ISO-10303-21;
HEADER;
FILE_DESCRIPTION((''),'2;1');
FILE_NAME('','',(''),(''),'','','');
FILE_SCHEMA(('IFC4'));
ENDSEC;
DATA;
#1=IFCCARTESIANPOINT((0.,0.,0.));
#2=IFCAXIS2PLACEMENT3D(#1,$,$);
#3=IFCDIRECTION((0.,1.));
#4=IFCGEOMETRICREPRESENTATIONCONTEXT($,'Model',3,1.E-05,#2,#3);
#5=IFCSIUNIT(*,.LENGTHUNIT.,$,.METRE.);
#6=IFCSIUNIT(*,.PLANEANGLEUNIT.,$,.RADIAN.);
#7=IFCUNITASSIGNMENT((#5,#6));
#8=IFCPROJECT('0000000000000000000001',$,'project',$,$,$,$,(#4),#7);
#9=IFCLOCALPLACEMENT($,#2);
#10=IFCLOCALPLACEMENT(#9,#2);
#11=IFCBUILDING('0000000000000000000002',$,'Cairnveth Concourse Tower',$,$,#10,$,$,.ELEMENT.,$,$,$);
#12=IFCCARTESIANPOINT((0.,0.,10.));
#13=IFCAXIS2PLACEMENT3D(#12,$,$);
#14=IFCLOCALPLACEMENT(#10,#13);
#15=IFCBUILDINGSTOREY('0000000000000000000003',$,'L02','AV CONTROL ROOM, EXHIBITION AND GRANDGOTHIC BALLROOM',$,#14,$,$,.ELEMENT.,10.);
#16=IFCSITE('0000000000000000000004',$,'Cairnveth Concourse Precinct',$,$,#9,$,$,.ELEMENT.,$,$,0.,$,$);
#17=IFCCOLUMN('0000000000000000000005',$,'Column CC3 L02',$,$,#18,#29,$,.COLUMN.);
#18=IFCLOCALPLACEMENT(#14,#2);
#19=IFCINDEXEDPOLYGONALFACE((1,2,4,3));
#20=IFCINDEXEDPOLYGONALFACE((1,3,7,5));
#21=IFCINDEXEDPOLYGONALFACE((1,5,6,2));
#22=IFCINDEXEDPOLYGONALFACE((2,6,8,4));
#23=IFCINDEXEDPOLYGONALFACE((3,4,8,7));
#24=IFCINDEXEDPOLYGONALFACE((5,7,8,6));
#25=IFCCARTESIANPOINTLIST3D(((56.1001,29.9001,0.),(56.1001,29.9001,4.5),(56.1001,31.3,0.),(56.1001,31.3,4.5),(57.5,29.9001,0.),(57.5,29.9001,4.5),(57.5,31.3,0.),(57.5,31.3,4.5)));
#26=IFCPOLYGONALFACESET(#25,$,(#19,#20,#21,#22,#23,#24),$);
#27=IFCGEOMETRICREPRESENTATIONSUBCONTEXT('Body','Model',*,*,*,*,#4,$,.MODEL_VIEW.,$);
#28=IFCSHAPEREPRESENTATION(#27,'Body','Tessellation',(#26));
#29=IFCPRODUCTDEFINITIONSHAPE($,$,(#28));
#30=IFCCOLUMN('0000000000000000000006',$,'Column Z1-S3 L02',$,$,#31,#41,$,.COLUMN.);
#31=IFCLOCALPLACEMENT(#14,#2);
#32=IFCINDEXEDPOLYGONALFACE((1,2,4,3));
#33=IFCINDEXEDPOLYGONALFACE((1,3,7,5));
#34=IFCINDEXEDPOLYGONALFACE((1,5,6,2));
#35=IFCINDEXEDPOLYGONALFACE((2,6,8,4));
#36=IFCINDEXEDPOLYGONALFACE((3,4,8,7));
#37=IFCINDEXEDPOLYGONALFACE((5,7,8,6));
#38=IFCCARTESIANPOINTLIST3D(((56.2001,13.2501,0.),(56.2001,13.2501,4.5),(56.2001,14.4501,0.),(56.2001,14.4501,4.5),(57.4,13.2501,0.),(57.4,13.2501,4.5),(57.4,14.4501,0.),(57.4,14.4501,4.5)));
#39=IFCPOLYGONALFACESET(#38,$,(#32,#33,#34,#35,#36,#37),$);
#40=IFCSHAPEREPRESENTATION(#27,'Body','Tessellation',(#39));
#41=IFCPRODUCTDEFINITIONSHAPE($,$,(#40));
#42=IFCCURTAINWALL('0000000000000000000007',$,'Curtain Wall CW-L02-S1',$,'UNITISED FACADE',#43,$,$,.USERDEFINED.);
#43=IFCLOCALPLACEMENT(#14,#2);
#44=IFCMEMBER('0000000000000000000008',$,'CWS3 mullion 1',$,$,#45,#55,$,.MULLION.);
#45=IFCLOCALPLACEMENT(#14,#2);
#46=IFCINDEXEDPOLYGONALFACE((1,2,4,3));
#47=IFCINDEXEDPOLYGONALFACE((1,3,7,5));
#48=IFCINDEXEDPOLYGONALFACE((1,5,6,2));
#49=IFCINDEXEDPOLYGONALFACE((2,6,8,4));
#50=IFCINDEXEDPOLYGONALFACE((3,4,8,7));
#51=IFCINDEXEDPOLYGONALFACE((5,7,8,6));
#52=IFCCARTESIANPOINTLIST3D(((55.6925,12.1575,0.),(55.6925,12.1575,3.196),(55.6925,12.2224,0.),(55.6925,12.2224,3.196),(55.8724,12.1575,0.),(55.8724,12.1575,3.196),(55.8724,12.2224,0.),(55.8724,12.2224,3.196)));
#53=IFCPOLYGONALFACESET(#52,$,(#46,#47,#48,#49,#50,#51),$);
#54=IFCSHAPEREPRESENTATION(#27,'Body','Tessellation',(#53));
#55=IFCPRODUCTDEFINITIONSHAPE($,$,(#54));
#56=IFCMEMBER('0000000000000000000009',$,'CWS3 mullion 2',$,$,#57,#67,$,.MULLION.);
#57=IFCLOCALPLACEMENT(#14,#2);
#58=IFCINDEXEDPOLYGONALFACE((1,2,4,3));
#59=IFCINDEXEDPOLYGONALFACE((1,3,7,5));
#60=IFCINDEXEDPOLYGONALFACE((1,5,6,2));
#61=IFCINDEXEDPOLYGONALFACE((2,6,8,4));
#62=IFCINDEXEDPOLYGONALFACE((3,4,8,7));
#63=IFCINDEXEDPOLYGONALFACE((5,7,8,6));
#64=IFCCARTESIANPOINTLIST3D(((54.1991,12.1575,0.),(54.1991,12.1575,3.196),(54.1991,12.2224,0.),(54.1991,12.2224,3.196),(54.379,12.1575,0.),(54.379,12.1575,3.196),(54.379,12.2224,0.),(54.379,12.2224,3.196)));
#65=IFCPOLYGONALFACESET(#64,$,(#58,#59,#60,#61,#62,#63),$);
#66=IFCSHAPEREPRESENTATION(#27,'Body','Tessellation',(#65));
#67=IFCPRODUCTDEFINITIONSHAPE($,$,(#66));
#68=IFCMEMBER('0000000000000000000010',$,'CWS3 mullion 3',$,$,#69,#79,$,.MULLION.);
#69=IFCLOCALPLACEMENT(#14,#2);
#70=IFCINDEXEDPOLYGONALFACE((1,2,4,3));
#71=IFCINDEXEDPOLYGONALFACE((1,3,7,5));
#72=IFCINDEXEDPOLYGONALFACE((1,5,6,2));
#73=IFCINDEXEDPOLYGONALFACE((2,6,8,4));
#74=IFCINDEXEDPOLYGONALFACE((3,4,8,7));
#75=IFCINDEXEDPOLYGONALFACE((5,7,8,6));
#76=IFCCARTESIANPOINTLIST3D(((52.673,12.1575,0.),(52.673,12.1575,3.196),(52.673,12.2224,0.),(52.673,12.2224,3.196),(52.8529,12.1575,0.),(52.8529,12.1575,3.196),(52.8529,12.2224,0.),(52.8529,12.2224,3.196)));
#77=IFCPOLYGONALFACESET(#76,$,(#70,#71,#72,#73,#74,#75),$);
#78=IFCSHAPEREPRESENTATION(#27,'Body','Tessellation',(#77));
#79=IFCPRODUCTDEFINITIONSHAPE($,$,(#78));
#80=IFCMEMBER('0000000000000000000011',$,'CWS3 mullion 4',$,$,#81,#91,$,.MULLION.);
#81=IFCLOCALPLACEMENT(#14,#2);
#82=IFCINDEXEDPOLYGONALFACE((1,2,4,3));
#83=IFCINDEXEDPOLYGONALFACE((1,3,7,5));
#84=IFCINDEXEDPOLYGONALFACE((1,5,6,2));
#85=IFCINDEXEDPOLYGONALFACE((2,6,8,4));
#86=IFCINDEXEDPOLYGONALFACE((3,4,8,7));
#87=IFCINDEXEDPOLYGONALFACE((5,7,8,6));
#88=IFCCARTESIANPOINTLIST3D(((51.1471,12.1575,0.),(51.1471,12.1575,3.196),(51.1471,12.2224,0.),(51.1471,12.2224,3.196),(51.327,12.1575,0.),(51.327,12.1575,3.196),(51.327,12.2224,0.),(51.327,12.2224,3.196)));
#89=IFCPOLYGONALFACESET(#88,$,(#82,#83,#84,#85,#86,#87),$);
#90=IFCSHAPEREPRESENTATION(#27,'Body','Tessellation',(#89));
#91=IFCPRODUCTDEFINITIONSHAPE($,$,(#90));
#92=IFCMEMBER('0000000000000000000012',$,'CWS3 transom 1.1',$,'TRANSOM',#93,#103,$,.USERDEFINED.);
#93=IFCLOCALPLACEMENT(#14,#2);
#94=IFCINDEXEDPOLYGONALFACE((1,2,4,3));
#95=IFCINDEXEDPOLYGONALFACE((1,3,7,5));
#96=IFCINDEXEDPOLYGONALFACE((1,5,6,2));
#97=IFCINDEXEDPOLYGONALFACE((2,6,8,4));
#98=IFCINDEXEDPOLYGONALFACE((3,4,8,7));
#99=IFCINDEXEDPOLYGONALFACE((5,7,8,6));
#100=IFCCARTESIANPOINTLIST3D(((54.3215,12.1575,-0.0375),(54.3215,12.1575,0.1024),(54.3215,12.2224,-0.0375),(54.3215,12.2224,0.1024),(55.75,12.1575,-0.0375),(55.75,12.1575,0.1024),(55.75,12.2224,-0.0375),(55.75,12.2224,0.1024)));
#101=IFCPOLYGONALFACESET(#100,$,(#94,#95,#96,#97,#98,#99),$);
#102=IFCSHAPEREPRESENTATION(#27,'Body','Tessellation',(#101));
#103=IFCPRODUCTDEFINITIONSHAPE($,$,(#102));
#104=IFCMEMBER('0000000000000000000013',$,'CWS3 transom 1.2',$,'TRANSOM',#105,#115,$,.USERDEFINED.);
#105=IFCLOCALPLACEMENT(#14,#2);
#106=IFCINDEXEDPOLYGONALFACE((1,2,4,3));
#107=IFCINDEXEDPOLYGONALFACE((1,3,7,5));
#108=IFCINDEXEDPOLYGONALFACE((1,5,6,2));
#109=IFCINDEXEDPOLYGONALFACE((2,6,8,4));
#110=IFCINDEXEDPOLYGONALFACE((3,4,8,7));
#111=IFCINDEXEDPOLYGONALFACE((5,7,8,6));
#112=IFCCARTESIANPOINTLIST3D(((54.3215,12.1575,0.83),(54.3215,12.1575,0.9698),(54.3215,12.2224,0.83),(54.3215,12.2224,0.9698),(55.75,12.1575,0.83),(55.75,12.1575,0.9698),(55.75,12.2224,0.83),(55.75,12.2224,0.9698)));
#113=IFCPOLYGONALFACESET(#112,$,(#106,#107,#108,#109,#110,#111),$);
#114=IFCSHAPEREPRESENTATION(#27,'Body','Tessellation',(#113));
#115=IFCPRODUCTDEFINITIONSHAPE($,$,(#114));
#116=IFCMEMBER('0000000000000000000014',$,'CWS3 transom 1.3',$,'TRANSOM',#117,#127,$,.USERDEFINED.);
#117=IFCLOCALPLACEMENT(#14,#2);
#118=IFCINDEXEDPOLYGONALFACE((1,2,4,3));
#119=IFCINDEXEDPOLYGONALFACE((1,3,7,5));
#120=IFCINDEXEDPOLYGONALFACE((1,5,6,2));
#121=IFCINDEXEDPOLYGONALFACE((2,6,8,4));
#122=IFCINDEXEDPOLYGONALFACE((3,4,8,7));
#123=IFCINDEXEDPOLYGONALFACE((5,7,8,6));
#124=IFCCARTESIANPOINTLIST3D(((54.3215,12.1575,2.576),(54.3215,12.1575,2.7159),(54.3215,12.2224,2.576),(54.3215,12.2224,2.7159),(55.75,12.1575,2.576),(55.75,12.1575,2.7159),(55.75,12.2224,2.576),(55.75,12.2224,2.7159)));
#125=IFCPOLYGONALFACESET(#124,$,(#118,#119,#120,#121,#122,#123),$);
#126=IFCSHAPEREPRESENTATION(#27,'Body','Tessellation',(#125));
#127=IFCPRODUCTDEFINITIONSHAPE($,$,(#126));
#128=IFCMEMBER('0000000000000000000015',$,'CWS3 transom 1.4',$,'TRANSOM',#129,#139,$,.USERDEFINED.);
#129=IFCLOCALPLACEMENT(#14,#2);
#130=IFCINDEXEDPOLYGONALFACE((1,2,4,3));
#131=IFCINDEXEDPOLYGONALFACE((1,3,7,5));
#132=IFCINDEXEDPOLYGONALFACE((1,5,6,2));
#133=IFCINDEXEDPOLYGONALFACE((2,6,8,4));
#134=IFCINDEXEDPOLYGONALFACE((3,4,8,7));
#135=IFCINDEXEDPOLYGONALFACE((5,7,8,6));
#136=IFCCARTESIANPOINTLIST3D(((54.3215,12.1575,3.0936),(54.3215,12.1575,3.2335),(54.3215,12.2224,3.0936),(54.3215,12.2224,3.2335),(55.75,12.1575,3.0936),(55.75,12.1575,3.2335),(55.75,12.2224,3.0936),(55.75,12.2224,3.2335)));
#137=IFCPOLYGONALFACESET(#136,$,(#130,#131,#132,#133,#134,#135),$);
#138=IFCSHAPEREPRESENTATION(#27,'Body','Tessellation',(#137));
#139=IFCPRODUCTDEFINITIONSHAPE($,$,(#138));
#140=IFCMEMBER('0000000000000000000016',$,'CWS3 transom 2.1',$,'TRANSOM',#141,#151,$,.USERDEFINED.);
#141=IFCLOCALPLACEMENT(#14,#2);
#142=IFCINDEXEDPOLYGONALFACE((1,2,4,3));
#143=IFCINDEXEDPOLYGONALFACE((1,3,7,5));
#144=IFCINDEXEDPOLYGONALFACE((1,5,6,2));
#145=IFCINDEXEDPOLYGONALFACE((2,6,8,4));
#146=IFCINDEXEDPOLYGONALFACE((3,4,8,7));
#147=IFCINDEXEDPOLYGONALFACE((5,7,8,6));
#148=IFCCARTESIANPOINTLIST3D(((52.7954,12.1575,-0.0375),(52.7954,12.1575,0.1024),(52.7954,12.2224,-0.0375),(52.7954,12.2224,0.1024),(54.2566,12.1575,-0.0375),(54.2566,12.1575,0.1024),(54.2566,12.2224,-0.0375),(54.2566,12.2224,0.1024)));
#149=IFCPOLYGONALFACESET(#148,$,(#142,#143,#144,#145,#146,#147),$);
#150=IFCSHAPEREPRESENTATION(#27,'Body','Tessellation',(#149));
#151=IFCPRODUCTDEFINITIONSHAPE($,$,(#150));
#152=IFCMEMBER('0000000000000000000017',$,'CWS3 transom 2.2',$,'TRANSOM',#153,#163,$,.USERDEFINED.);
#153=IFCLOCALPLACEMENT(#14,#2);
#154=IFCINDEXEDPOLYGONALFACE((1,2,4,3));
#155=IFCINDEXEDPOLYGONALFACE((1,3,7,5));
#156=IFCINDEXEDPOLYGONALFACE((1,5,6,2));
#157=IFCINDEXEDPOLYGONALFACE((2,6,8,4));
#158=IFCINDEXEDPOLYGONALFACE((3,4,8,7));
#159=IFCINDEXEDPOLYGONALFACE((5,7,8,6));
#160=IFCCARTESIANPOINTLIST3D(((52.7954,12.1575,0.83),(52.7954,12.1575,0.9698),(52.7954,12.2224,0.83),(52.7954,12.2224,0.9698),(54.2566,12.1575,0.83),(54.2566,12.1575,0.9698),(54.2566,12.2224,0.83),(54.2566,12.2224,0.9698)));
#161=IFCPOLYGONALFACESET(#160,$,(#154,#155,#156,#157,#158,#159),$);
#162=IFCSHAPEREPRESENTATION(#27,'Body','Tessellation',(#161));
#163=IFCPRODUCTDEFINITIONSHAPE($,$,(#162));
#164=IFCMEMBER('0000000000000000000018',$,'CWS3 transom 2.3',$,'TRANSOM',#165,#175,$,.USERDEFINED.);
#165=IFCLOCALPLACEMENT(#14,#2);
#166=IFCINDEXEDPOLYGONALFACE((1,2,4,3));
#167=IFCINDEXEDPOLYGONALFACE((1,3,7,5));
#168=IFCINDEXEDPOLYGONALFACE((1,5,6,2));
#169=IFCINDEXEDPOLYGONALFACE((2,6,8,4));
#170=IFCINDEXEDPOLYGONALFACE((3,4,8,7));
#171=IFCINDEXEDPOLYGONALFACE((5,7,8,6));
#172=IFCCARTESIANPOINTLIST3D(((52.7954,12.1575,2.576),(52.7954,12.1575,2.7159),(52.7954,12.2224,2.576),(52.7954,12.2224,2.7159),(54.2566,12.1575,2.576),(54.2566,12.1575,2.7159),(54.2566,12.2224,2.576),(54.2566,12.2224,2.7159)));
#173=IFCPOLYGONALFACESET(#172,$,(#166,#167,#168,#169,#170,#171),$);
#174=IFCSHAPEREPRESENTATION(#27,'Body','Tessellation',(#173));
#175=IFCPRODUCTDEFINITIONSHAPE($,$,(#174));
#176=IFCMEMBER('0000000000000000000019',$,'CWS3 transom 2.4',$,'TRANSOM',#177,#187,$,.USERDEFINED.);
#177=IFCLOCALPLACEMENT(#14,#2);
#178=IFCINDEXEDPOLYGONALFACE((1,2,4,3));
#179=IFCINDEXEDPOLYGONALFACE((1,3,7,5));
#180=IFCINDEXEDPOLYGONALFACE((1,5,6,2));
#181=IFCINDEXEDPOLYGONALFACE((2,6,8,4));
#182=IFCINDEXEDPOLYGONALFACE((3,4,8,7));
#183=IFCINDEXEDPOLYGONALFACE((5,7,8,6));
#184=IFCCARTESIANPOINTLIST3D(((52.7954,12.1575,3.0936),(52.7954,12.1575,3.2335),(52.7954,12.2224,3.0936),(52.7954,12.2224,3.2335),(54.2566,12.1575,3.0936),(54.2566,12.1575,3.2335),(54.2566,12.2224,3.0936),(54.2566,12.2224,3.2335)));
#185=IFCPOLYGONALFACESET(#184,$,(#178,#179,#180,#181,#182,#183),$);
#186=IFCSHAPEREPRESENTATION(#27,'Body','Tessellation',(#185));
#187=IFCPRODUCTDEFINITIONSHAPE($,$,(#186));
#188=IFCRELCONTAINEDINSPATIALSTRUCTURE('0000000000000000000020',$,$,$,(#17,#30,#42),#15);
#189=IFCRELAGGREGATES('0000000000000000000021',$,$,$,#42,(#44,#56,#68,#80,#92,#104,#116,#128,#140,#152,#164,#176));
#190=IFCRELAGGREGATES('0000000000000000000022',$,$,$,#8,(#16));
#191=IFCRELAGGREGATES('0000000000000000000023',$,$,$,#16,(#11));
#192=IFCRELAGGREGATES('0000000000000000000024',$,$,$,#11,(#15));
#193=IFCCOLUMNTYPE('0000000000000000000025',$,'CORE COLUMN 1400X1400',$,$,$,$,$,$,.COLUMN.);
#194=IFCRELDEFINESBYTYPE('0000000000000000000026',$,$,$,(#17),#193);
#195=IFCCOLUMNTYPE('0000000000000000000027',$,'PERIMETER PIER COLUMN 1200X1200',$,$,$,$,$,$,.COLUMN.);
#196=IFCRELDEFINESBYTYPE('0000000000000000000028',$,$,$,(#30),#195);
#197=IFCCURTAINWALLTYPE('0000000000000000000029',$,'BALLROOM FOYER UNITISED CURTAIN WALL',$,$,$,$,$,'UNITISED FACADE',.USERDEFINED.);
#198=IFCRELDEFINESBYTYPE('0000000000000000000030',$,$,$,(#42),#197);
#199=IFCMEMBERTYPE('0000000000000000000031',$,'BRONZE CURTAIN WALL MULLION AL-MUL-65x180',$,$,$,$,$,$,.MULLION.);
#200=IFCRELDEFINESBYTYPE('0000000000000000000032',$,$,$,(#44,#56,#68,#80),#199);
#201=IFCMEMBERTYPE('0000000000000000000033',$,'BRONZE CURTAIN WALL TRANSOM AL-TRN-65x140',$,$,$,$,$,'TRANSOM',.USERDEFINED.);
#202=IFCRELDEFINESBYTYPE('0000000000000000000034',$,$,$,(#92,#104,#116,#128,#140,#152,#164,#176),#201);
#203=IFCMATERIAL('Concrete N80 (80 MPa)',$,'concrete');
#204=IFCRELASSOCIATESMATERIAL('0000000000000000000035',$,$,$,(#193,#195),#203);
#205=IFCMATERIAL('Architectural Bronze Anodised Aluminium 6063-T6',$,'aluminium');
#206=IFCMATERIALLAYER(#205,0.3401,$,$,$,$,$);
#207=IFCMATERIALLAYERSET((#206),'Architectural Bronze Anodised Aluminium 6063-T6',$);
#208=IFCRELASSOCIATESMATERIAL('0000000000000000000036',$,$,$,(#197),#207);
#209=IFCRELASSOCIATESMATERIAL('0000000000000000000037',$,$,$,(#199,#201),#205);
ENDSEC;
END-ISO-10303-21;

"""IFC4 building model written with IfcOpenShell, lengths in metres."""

from ifc_helpers import new_model, si_unit, direction, frame, origin, origin_2d, place, context, subcontext, project, spatial, rectangle, extrude, material, layer, layer_set, material_profile, profile_set, type_object, element, aggregate, save


model = new_model("IFC4")

# Units and contexts
model_context = context("Model", 3, precision=1e-05, world=origin(), true_north=direction((0.0, 1.0)))
body_context = subcontext(model_context, "Body", "Model", "MODEL_VIEW")
ifc_project = project(units=[si_unit("LENGTHUNIT", "METRE"), si_unit("PLANEANGLEUNIT", "RADIAN")], contexts=[model_context])

# Site, building, storey
site_placement = place(None, origin())
site = spatial("IfcSite", under=ifc_project, at=site_placement, Name="Cairnveth Concourse Precinct", CompositionType="ELEMENT", RefElevation=0.0)
building_placement = place(site_placement, origin())
building = spatial("IfcBuilding", under=site, at=building_placement, Name="Cairnveth Concourse Tower", CompositionType="ELEMENT")
storey_placement = place(building_placement, frame((0.0, 0.0, 10.0)))
storey = spatial("IfcBuildingStorey", under=building, at=storey_placement, Name="L02", Description="AV CONTROL ROOM, EXHIBITION AND GRANDGOTHIC BALLROOM", CompositionType="ELEMENT", Elevation=10.0)

# Columns
ifc_material_1 = material(Name="Concrete N80 (80 MPa)", Category="concrete")
ifc_material_profile_1 = material_profile(ifc_material_1, rectangle(XDim=1.3999, YDim=1.3999, at=origin_2d()), Name="RC-COL-1400x1400")
ifc_profile_set_1 = profile_set([ifc_material_profile_1], Name="Concrete N80 (80 MPa)")
column_type_1 = type_object("IfcColumnType", Name="CORE COLUMN 1400X1400", PredefinedType="COLUMN", material=ifc_profile_set_1)
column_1_placement = place(storey_placement, frame((56.8, 30.6001, 0.0), z_axis=(0.0, 0.0, 1.0), x_axis=(1.0, 0.0, 0.0)))
element("IfcColumn", 1, at=column_1_placement, inside=storey, type_object=column_type_1, Name="Column CC3 L02", PredefinedType="COLUMN", context=body_context, shape_type="SweptSolid", body=[
    extrude(rectangle(XDim=1.3999, YDim=1.3999, at=origin_2d()), origin(), (0.0, 0.0, 1.0), 4.5),
])
ifc_material_profile_2 = material_profile(ifc_material_1, rectangle(XDim=1.2, YDim=1.2, at=origin_2d()), Name="RC-COL-1200x1200")
ifc_profile_set_2 = profile_set([ifc_material_profile_2], Name="Concrete N80 (80 MPa)")
column_type_2 = type_object("IfcColumnType", Name="PERIMETER PIER COLUMN 1200X1200", PredefinedType="COLUMN", material=ifc_profile_set_2)
column_2_placement = place(storey_placement, frame((56.8, 13.8501, 0.0), z_axis=(0.0, 0.0, 1.0), x_axis=(1.0, 0.0, 0.0)))
element("IfcColumn", 2, at=column_2_placement, inside=storey, type_object=column_type_2, Name="Column Z1-S3 L02", PredefinedType="COLUMN", context=body_context, shape_type="SweptSolid", body=[
    extrude(rectangle(XDim=1.2, YDim=1.2, at=origin_2d()), origin(), (0.0, 0.0, 1.0), 4.5),
])

# Curtain wall, members
ifc_material_2 = material(Name="Architectural Bronze Anodised Aluminium 6063-T6", Category="aluminium")
ifc_layer_1 = layer(ifc_material_2, 0.3401)
ifc_layer_set_1 = layer_set([ifc_layer_1], Name="Architectural Bronze Anodised Aluminium 6063-T6")
curtain_wall_type = type_object("IfcCurtainWallType", Name="BALLROOM FOYER UNITISED CURTAIN WALL", ElementType="UNITISED FACADE", PredefinedType="USERDEFINED", material=ifc_layer_set_1)
curtain_wall_placement = place(storey_placement, origin())
curtain_wall = element("IfcCurtainWall", 3, at=curtain_wall_placement, inside=storey, type_object=curtain_wall_type, Name="Curtain Wall CW-L02-S1", ObjectType="UNITISED FACADE", PredefinedType="USERDEFINED")
ifc_material_profile_3 = material_profile(ifc_material_2, rectangle(XDim=0.0649, YDim=0.1799, at=origin_2d()), Name="AL-MUL-65x180")
ifc_profile_set_3 = profile_set([ifc_material_profile_3], Name="Architectural Bronze Anodised Aluminium 6063-T6")
member_type_1 = type_object("IfcMemberType", Name="BRONZE CURTAIN WALL MULLION AL-MUL-65x180", PredefinedType="MULLION", material=ifc_profile_set_3)
member_1_placement = place(storey_placement, frame((55.7825, 12.1899, 0.0), z_axis=(0.0, 0.0, 1.0), x_axis=(0.0, -1.0, 0.0)))
member_1 = element("IfcMember", 4, at=member_1_placement, type_object=member_type_1, Name="CWS3 mullion 1", PredefinedType="MULLION", context=body_context, shape_type="SweptSolid", body=[
    extrude(rectangle(XDim=0.0649, YDim=0.1799, at=origin_2d()), origin(), (0.0, 0.0, 1.0), 3.196),
])
member_2_placement = place(storey_placement, frame((54.2891, 12.1899, 0.0), z_axis=(0.0, 0.0, 1.0), x_axis=(0.0, -1.0, 0.0)))
member_2 = element("IfcMember", 5, at=member_2_placement, type_object=member_type_1, Name="CWS3 mullion 2", PredefinedType="MULLION", context=body_context, shape_type="SweptSolid", body=[
    extrude(rectangle(XDim=0.0649, YDim=0.1799, at=origin_2d()), origin(), (0.0, 0.0, 1.0), 3.196),
])
member_3_placement = place(storey_placement, frame((52.7629, 12.1899, 0.0), z_axis=(0.0, 0.0, 1.0), x_axis=(0.0, -1.0, 0.0)))
member_3 = element("IfcMember", 6, at=member_3_placement, type_object=member_type_1, Name="CWS3 mullion 3", PredefinedType="MULLION", context=body_context, shape_type="SweptSolid", body=[
    extrude(rectangle(XDim=0.0649, YDim=0.1799, at=origin_2d()), origin(), (0.0, 0.0, 1.0), 3.196),
])
member_4_placement = place(storey_placement, frame((51.2371, 12.1899, 0.0), z_axis=(0.0, 0.0, 1.0), x_axis=(0.0, -1.0, 0.0)))
member_4 = element("IfcMember", 7, at=member_4_placement, type_object=member_type_1, Name="CWS3 mullion 4", PredefinedType="MULLION", context=body_context, shape_type="SweptSolid", body=[
    extrude(rectangle(XDim=0.0649, YDim=0.1799, at=origin_2d()), origin(), (0.0, 0.0, 1.0), 3.196),
])
ifc_material_profile_4 = material_profile(ifc_material_2, rectangle(XDim=0.0649, YDim=0.1399, at=origin_2d()), Name="AL-TRN-65x140")
ifc_profile_set_4 = profile_set([ifc_material_profile_4], Name="Architectural Bronze Anodised Aluminium 6063-T6")
member_type_2 = type_object("IfcMemberType", Name="BRONZE CURTAIN WALL TRANSOM AL-TRN-65x140", ElementType="TRANSOM", PredefinedType="USERDEFINED", material=ifc_profile_set_4)
member_5_placement = place(storey_placement, frame((55.75, 12.1899, 0.0325), z_axis=(-1.0, 0.0, 0.0), x_axis=(0.0, -1.0, 0.0)))
member_5 = element("IfcMember", 8, at=member_5_placement, type_object=member_type_2, Name="CWS3 transom 1.1", ObjectType="TRANSOM", PredefinedType="USERDEFINED", context=body_context, shape_type="SweptSolid", body=[
    extrude(rectangle(XDim=0.0649, YDim=0.1399, at=origin_2d()), origin(), (0.0, 0.0, 1.0), 1.4285),
])
member_6_placement = place(storey_placement, frame((55.75, 12.1899, 0.8999), z_axis=(-1.0, 0.0, 0.0), x_axis=(0.0, -1.0, 0.0)))
member_6 = element("IfcMember", 9, at=member_6_placement, type_object=member_type_2, Name="CWS3 transom 1.2", ObjectType="TRANSOM", PredefinedType="USERDEFINED", context=body_context, shape_type="SweptSolid", body=[
    extrude(rectangle(XDim=0.0649, YDim=0.1399, at=origin_2d()), origin(), (0.0, 0.0, 1.0), 1.4285),
])
member_7_placement = place(storey_placement, frame((55.75, 12.1899, 2.646), z_axis=(-1.0, 0.0, 0.0), x_axis=(0.0, -1.0, 0.0)))
member_7 = element("IfcMember", 10, at=member_7_placement, type_object=member_type_2, Name="CWS3 transom 1.3", ObjectType="TRANSOM", PredefinedType="USERDEFINED", context=body_context, shape_type="SweptSolid", body=[
    extrude(rectangle(XDim=0.0649, YDim=0.1399, at=origin_2d()), origin(), (0.0, 0.0, 1.0), 1.4285),
])
member_8_placement = place(storey_placement, frame((55.75, 12.1899, 3.1636), z_axis=(-1.0, 0.0, 0.0), x_axis=(0.0, -1.0, 0.0)))
member_8 = element("IfcMember", 11, at=member_8_placement, type_object=member_type_2, Name="CWS3 transom 1.4", ObjectType="TRANSOM", PredefinedType="USERDEFINED", context=body_context, shape_type="SweptSolid", body=[
    extrude(rectangle(XDim=0.0649, YDim=0.1399, at=origin_2d()), origin(), (0.0, 0.0, 1.0), 1.4285),
])
member_9_placement = place(storey_placement, frame((54.2566, 12.1899, 0.0325), z_axis=(-1.0, 0.0, 0.0), x_axis=(0.0, -1.0, 0.0)))
member_9 = element("IfcMember", 12, at=member_9_placement, type_object=member_type_2, Name="CWS3 transom 2.1", ObjectType="TRANSOM", PredefinedType="USERDEFINED", context=body_context, shape_type="SweptSolid", body=[
    extrude(rectangle(XDim=0.0649, YDim=0.1399, at=origin_2d()), origin(), (0.0, 0.0, 1.0), 1.4612),
])
member_10_placement = place(storey_placement, frame((54.2566, 12.1899, 0.8999), z_axis=(-1.0, 0.0, 0.0), x_axis=(0.0, -1.0, 0.0)))
member_10 = element("IfcMember", 13, at=member_10_placement, type_object=member_type_2, Name="CWS3 transom 2.2", ObjectType="TRANSOM", PredefinedType="USERDEFINED", context=body_context, shape_type="SweptSolid", body=[
    extrude(rectangle(XDim=0.0649, YDim=0.1399, at=origin_2d()), origin(), (0.0, 0.0, 1.0), 1.4612),
])
member_11_placement = place(storey_placement, frame((54.2566, 12.1899, 2.646), z_axis=(-1.0, 0.0, 0.0), x_axis=(0.0, -1.0, 0.0)))
member_11 = element("IfcMember", 14, at=member_11_placement, type_object=member_type_2, Name="CWS3 transom 2.3", ObjectType="TRANSOM", PredefinedType="USERDEFINED", context=body_context, shape_type="SweptSolid", body=[
    extrude(rectangle(XDim=0.0649, YDim=0.1399, at=origin_2d()), origin(), (0.0, 0.0, 1.0), 1.4612),
])
member_12_placement = place(storey_placement, frame((54.2566, 12.1899, 3.1636), z_axis=(-1.0, 0.0, 0.0), x_axis=(0.0, -1.0, 0.0)))
member_12 = element("IfcMember", 15, at=member_12_placement, type_object=member_type_2, Name="CWS3 transom 2.4", ObjectType="TRANSOM", PredefinedType="USERDEFINED", context=body_context, shape_type="SweptSolid", body=[
    extrude(rectangle(XDim=0.0649, YDim=0.1399, at=origin_2d()), origin(), (0.0, 0.0, 1.0), 1.4612),
])

aggregate(curtain_wall, [member_1, member_2, member_3, member_4, member_5, member_6, member_7, member_8, member_9, member_10, member_11, member_12])

save(model, "model.ifc")
